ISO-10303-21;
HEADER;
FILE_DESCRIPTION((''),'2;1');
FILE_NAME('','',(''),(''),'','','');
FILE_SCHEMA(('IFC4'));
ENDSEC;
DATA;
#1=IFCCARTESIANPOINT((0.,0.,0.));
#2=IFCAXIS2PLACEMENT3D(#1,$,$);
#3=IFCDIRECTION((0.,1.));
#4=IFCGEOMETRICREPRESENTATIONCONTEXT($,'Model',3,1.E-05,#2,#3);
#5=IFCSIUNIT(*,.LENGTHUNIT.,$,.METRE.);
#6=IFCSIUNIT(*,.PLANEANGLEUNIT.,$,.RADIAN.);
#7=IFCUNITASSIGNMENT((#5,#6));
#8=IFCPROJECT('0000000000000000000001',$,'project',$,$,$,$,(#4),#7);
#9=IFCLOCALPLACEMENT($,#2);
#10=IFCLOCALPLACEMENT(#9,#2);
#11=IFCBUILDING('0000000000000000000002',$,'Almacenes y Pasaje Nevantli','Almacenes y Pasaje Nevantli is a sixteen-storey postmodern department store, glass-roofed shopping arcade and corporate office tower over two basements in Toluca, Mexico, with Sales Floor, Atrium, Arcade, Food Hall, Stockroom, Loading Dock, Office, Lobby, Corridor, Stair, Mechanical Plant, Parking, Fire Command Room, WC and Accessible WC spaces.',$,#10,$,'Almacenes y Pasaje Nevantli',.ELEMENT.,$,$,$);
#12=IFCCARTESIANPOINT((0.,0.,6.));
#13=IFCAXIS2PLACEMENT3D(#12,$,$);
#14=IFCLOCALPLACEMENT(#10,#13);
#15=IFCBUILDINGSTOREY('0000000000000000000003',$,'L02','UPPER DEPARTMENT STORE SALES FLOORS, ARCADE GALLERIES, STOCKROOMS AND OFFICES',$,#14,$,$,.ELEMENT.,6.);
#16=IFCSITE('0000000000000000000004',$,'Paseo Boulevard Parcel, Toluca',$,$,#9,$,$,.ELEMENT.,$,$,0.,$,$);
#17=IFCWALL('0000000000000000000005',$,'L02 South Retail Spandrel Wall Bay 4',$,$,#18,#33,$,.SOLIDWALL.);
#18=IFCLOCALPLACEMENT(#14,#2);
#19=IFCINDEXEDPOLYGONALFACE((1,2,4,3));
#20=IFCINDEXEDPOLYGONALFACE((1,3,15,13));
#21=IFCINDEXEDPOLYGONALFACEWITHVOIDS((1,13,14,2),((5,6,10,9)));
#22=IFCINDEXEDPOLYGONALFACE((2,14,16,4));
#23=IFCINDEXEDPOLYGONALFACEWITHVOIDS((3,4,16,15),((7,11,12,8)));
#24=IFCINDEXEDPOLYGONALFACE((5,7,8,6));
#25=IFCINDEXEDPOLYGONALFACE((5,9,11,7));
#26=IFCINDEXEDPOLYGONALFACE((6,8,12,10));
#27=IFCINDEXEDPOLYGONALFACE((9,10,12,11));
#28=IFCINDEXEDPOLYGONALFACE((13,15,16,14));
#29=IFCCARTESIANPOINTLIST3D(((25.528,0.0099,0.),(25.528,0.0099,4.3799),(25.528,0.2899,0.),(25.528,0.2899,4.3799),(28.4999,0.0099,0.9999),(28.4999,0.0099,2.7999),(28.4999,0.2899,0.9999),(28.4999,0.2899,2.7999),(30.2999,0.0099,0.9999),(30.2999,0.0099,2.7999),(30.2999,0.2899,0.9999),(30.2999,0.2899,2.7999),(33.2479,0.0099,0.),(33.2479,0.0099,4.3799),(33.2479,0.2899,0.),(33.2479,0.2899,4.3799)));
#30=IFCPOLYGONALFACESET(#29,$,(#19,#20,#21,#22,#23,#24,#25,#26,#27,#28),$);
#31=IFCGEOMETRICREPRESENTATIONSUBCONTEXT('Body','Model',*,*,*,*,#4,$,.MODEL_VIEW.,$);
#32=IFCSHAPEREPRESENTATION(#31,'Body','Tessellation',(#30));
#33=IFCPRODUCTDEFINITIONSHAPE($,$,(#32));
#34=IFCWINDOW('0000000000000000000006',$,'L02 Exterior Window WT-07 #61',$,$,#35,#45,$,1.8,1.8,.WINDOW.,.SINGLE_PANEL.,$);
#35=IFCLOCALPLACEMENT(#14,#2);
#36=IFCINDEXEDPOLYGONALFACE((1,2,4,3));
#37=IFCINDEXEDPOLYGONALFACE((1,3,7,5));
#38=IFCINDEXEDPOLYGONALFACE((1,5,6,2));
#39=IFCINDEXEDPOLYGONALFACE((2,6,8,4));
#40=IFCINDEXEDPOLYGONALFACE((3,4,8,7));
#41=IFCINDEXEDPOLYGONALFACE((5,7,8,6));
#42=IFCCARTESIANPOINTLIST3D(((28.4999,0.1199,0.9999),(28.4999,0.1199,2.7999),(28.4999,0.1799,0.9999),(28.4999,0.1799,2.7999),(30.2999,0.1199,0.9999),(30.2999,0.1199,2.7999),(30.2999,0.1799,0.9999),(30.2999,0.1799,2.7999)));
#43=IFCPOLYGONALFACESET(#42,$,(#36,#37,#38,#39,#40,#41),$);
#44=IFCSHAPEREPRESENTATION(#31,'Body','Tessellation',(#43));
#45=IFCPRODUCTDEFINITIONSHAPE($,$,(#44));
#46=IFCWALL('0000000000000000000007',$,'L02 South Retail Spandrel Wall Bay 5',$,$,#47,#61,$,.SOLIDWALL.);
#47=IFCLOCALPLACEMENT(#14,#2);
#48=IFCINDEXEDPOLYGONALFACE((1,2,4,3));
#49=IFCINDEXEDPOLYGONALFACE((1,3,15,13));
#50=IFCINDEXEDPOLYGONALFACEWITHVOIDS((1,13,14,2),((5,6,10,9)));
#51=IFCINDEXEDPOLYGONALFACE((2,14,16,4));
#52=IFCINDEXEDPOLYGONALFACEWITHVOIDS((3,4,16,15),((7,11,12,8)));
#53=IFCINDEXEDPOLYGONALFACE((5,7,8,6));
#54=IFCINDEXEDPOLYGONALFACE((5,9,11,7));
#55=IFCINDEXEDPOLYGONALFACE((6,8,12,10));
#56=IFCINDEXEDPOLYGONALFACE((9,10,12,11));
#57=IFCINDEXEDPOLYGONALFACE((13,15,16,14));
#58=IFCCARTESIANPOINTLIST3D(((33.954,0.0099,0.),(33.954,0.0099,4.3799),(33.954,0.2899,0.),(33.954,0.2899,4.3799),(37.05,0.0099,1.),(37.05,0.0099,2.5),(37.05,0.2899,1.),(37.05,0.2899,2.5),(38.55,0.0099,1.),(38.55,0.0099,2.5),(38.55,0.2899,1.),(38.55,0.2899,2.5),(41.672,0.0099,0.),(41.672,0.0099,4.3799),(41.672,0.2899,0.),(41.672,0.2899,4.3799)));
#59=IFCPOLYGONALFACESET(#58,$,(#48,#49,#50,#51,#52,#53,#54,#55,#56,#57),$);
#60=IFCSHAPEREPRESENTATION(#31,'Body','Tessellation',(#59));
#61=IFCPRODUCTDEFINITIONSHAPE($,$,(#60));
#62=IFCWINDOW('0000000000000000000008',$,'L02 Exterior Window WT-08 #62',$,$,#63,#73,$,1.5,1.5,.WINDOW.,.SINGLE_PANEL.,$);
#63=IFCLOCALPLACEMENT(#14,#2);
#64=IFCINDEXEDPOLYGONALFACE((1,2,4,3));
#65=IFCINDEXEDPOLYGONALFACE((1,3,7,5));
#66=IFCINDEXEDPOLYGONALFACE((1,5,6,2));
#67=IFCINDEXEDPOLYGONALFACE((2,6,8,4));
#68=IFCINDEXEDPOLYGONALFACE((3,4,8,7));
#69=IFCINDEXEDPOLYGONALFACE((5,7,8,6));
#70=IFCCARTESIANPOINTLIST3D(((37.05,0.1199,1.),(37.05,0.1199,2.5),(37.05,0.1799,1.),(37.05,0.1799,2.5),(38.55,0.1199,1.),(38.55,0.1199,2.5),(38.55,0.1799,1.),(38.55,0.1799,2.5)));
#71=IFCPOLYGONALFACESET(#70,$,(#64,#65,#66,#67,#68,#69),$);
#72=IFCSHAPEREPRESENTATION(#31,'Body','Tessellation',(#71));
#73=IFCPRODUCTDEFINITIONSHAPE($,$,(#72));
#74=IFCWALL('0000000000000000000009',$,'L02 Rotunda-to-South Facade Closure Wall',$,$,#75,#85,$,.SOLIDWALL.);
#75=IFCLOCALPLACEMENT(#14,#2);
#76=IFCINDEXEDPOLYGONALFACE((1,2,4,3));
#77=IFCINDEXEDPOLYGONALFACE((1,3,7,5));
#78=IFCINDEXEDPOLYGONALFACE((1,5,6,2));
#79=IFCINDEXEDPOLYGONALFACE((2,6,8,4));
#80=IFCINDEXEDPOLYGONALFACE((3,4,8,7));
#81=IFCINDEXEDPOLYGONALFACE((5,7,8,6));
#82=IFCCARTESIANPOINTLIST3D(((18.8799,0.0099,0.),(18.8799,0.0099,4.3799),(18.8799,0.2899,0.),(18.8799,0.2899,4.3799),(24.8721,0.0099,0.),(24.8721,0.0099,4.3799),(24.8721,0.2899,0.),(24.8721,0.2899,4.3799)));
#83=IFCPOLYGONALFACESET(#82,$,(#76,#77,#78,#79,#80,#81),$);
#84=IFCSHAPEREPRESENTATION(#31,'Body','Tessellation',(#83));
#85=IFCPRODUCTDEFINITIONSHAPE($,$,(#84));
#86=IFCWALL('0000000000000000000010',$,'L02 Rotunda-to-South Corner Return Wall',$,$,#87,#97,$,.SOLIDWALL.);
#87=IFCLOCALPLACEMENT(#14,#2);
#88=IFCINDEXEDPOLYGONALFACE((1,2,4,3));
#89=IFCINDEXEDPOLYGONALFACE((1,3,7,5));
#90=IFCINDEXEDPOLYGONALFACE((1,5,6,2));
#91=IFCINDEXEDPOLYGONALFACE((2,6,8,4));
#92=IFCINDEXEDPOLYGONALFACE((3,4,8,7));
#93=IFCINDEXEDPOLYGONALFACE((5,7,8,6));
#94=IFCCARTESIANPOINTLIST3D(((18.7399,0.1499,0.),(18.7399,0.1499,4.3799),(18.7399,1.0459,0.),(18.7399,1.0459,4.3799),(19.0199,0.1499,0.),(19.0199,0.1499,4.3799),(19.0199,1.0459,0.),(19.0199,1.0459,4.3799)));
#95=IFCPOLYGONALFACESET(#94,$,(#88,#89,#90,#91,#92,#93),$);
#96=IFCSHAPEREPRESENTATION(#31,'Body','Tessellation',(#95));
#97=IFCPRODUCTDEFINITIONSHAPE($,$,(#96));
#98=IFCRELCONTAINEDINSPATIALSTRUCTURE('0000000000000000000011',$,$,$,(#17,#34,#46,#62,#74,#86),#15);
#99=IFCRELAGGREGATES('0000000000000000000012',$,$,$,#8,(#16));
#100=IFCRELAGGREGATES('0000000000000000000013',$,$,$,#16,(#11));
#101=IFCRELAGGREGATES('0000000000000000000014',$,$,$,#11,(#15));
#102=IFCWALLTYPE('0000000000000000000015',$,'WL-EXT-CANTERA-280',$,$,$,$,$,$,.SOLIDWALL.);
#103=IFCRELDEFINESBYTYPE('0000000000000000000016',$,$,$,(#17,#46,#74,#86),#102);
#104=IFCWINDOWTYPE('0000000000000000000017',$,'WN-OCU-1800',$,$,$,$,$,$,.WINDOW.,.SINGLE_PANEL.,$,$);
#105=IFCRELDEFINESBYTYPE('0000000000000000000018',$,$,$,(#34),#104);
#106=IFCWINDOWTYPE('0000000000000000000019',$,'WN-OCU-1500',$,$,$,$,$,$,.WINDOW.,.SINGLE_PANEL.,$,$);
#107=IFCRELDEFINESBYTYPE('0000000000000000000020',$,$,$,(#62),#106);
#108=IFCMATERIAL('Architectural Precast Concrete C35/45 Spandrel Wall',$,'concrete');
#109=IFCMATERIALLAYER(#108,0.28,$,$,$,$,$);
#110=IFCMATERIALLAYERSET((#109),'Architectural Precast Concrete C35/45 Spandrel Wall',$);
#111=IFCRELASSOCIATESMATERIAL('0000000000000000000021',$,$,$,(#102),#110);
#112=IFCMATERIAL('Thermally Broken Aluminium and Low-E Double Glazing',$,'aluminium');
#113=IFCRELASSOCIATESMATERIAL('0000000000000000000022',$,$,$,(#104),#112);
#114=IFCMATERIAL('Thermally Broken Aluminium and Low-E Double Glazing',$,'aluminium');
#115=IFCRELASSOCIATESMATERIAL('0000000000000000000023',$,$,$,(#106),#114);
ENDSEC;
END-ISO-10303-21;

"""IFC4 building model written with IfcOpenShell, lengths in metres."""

from ifc_helpers import new_model, si_unit, direction, frame, frame_2d, origin, place, context, subcontext, project, spatial, rectangle, extrude, material, layer, layer_set, type_object, element, fill, save


model = new_model("IFC4")

# Units and contexts
model_context = context("Model", 3, precision=1e-05, world=origin(), true_north=direction((0.0, 1.0)))
body_context = subcontext(model_context, "Body", "Model", "MODEL_VIEW")
ifc_project = project(units=[si_unit("LENGTHUNIT", "METRE"), si_unit("PLANEANGLEUNIT", "RADIAN")], contexts=[model_context])

# Site, building, storey
site_placement = place(None, origin())
site = spatial("IfcSite", under=ifc_project, at=site_placement, Name="Paseo Boulevard Parcel, Toluca", CompositionType="ELEMENT", RefElevation=0.0)
building_placement = place(site_placement, origin())
building = spatial("IfcBuilding", under=site, at=building_placement, Name="Almacenes y Pasaje Nevantli", Description="Almacenes y Pasaje Nevantli is a sixteen-storey postmodern department store, glass-roofed shopping arcade and corporate office tower over two basements in Toluca, Mexico, with Sales Floor, Atrium, Arcade, Food Hall, Stockroom, Loading Dock, Office, Lobby, Corridor, Stair, Mechanical Plant, Parking, Fire Command Room, WC and Accessible WC spaces.", LongName="Almacenes y Pasaje Nevantli", CompositionType="ELEMENT")
storey_placement = place(building_placement, frame((0.0, 0.0, 6.0)))
storey = spatial("IfcBuildingStorey", under=building, at=storey_placement, Name="L02", Description="UPPER DEPARTMENT STORE SALES FLOORS, ARCADE GALLERIES, STOCKROOMS AND OFFICES", CompositionType="ELEMENT", Elevation=6.0)

# Walls, openings, windows
ifc_material_1 = material(Name="Architectural Precast Concrete C35/45 Spandrel Wall", Category="concrete")
ifc_layer_1 = layer(ifc_material_1, 0.28)
ifc_layer_set_1 = layer_set([ifc_layer_1], Name="Architectural Precast Concrete C35/45 Spandrel Wall")
wall_type = type_object("IfcWallType", Name="WL-EXT-CANTERA-280", PredefinedType="SOLIDWALL", material=ifc_layer_set_1)
wall_1_placement = place(storey_placement, frame((25.5281, 0.1499, 0.0), z_axis=(0.0, 0.0, 1.0), x_axis=(1.0, 0.0, 0.0)))
wall_1 = element("IfcWall", 1, at=wall_1_placement, inside=storey, type_object=wall_type, Name="L02 South Retail Spandrel Wall Bay 4", PredefinedType="SOLIDWALL", context=body_context, shape_type="SweptSolid", body=[
    extrude(rectangle(XDim=7.72, YDim=0.28, at=frame_2d((3.8599, 0.0))), origin(), (0.0, 0.0, 1.0), 4.3799),
])
opening_1_placement = place(wall_1_placement, frame((2.9719, 0.0, 1.0)))
opening_1 = element("IfcOpeningElement", 2, at=opening_1_placement, cuts=wall_1, PredefinedType="OPENING", context=body_context, shape_type="SweptSolid", body=[
    extrude(rectangle(XDim=1.8, YDim=1.8, at=frame_2d((0.8999, 0.8999))), frame((0.0, 0.1499, 0.0), z_axis=(0.0, -1.0, 0.0), x_axis=(1.0, 0.0, 0.0)), (0.0, 0.0, 1.0), 0.3),
])
ifc_material_2 = material(Name="Thermally Broken Aluminium and Low-E Double Glazing", Category="aluminium")
window_type_1 = type_object("IfcWindowType", Name="WN-OCU-1800", PartitioningType="SINGLE_PANEL", PredefinedType="WINDOW", material=ifc_material_2)
window_1_placement = place(opening_1_placement, origin())
window_1 = element("IfcWindow", 3, at=window_1_placement, inside=storey, type_object=window_type_1, Name="L02 Exterior Window WT-07 #61", OverallHeight=1.8, OverallWidth=1.8, PartitioningType="SINGLE_PANEL", PredefinedType="WINDOW", context=body_context, shape_type="SweptSolid", body=[
    extrude(rectangle(XDim=1.8, YDim=1.8, at=frame_2d((0.8999, 0.8999))), frame((0.0, 0.03, 0.0), z_axis=(0.0, -1.0, 0.0), x_axis=(1.0, 0.0, 0.0)), (0.0, 0.0, 1.0), 0.0601),
])
fill(opening_1, window_1)
wall_2_placement = place(storey_placement, frame((33.9541, 0.1499, 0.0), z_axis=(0.0, 0.0, 1.0), x_axis=(1.0, 0.0, 0.0)))
wall_2 = element("IfcWall", 4, at=wall_2_placement, inside=storey, type_object=wall_type, Name="L02 South Retail Spandrel Wall Bay 5", PredefinedType="SOLIDWALL", context=body_context, shape_type="SweptSolid", body=[
    extrude(rectangle(XDim=7.718, YDim=0.28, at=frame_2d((3.8589, 0.0))), origin(), (0.0, 0.0, 1.0), 4.3799),
])
opening_2_placement = place(wall_2_placement, frame((3.0959, 0.0, 1.0)))
opening_2 = element("IfcOpeningElement", 5, at=opening_2_placement, cuts=wall_2, PredefinedType="OPENING", context=body_context, shape_type="SweptSolid", body=[
    extrude(rectangle(XDim=1.5, YDim=1.5, at=frame_2d((0.75, 0.75))), frame((0.0, 0.1499, 0.0), z_axis=(0.0, -1.0, 0.0), x_axis=(1.0, 0.0, 0.0)), (0.0, 0.0, 1.0), 0.3),
])
ifc_material_3 = material(Name="Thermally Broken Aluminium and Low-E Double Glazing", Category="aluminium")
window_type_2 = type_object("IfcWindowType", Name="WN-OCU-1500", PartitioningType="SINGLE_PANEL", PredefinedType="WINDOW", material=ifc_material_3)
window_2_placement = place(opening_2_placement, origin())
window_2 = element("IfcWindow", 6, at=window_2_placement, inside=storey, type_object=window_type_2, Name="L02 Exterior Window WT-08 #62", OverallHeight=1.5, OverallWidth=1.5, PartitioningType="SINGLE_PANEL", PredefinedType="WINDOW", context=body_context, shape_type="SweptSolid", body=[
    extrude(rectangle(XDim=1.5, YDim=1.5, at=frame_2d((0.75, 0.75))), frame((0.0, 0.03, 0.0), z_axis=(0.0, -1.0, 0.0), x_axis=(1.0, 0.0, 0.0)), (0.0, 0.0, 1.0), 0.0601),
])
fill(opening_2, window_2)

# Walls
wall_3_placement = place(storey_placement, frame((18.8799, 0.1499, 0.0), z_axis=(0.0, 0.0, 1.0), x_axis=(1.0, 0.0, 0.0)))
element("IfcWall", 7, at=wall_3_placement, inside=storey, type_object=wall_type, Name="L02 Rotunda-to-South Facade Closure Wall", PredefinedType="SOLIDWALL", context=body_context, shape_type="SweptSolid", body=[
    extrude(rectangle(XDim=5.9922, YDim=0.28, at=frame_2d((2.9961, 0.0))), origin(), (0.0, 0.0, 1.0), 4.3799),
])
wall_4_placement = place(storey_placement, frame((18.8799, 0.1499, 0.0), z_axis=(0.0, 0.0, 1.0), x_axis=(0.0, 1.0, 0.0)))
element("IfcWall", 8, at=wall_4_placement, inside=storey, type_object=wall_type, Name="L02 Rotunda-to-South Corner Return Wall", PredefinedType="SOLIDWALL", context=body_context, shape_type="SweptSolid", body=[
    extrude(rectangle(XDim=0.896, YDim=0.28, at=frame_2d((0.448, 0.0))), origin(), (0.0, 0.0, 1.0), 4.3799),
])

save(model, "model.ifc")
